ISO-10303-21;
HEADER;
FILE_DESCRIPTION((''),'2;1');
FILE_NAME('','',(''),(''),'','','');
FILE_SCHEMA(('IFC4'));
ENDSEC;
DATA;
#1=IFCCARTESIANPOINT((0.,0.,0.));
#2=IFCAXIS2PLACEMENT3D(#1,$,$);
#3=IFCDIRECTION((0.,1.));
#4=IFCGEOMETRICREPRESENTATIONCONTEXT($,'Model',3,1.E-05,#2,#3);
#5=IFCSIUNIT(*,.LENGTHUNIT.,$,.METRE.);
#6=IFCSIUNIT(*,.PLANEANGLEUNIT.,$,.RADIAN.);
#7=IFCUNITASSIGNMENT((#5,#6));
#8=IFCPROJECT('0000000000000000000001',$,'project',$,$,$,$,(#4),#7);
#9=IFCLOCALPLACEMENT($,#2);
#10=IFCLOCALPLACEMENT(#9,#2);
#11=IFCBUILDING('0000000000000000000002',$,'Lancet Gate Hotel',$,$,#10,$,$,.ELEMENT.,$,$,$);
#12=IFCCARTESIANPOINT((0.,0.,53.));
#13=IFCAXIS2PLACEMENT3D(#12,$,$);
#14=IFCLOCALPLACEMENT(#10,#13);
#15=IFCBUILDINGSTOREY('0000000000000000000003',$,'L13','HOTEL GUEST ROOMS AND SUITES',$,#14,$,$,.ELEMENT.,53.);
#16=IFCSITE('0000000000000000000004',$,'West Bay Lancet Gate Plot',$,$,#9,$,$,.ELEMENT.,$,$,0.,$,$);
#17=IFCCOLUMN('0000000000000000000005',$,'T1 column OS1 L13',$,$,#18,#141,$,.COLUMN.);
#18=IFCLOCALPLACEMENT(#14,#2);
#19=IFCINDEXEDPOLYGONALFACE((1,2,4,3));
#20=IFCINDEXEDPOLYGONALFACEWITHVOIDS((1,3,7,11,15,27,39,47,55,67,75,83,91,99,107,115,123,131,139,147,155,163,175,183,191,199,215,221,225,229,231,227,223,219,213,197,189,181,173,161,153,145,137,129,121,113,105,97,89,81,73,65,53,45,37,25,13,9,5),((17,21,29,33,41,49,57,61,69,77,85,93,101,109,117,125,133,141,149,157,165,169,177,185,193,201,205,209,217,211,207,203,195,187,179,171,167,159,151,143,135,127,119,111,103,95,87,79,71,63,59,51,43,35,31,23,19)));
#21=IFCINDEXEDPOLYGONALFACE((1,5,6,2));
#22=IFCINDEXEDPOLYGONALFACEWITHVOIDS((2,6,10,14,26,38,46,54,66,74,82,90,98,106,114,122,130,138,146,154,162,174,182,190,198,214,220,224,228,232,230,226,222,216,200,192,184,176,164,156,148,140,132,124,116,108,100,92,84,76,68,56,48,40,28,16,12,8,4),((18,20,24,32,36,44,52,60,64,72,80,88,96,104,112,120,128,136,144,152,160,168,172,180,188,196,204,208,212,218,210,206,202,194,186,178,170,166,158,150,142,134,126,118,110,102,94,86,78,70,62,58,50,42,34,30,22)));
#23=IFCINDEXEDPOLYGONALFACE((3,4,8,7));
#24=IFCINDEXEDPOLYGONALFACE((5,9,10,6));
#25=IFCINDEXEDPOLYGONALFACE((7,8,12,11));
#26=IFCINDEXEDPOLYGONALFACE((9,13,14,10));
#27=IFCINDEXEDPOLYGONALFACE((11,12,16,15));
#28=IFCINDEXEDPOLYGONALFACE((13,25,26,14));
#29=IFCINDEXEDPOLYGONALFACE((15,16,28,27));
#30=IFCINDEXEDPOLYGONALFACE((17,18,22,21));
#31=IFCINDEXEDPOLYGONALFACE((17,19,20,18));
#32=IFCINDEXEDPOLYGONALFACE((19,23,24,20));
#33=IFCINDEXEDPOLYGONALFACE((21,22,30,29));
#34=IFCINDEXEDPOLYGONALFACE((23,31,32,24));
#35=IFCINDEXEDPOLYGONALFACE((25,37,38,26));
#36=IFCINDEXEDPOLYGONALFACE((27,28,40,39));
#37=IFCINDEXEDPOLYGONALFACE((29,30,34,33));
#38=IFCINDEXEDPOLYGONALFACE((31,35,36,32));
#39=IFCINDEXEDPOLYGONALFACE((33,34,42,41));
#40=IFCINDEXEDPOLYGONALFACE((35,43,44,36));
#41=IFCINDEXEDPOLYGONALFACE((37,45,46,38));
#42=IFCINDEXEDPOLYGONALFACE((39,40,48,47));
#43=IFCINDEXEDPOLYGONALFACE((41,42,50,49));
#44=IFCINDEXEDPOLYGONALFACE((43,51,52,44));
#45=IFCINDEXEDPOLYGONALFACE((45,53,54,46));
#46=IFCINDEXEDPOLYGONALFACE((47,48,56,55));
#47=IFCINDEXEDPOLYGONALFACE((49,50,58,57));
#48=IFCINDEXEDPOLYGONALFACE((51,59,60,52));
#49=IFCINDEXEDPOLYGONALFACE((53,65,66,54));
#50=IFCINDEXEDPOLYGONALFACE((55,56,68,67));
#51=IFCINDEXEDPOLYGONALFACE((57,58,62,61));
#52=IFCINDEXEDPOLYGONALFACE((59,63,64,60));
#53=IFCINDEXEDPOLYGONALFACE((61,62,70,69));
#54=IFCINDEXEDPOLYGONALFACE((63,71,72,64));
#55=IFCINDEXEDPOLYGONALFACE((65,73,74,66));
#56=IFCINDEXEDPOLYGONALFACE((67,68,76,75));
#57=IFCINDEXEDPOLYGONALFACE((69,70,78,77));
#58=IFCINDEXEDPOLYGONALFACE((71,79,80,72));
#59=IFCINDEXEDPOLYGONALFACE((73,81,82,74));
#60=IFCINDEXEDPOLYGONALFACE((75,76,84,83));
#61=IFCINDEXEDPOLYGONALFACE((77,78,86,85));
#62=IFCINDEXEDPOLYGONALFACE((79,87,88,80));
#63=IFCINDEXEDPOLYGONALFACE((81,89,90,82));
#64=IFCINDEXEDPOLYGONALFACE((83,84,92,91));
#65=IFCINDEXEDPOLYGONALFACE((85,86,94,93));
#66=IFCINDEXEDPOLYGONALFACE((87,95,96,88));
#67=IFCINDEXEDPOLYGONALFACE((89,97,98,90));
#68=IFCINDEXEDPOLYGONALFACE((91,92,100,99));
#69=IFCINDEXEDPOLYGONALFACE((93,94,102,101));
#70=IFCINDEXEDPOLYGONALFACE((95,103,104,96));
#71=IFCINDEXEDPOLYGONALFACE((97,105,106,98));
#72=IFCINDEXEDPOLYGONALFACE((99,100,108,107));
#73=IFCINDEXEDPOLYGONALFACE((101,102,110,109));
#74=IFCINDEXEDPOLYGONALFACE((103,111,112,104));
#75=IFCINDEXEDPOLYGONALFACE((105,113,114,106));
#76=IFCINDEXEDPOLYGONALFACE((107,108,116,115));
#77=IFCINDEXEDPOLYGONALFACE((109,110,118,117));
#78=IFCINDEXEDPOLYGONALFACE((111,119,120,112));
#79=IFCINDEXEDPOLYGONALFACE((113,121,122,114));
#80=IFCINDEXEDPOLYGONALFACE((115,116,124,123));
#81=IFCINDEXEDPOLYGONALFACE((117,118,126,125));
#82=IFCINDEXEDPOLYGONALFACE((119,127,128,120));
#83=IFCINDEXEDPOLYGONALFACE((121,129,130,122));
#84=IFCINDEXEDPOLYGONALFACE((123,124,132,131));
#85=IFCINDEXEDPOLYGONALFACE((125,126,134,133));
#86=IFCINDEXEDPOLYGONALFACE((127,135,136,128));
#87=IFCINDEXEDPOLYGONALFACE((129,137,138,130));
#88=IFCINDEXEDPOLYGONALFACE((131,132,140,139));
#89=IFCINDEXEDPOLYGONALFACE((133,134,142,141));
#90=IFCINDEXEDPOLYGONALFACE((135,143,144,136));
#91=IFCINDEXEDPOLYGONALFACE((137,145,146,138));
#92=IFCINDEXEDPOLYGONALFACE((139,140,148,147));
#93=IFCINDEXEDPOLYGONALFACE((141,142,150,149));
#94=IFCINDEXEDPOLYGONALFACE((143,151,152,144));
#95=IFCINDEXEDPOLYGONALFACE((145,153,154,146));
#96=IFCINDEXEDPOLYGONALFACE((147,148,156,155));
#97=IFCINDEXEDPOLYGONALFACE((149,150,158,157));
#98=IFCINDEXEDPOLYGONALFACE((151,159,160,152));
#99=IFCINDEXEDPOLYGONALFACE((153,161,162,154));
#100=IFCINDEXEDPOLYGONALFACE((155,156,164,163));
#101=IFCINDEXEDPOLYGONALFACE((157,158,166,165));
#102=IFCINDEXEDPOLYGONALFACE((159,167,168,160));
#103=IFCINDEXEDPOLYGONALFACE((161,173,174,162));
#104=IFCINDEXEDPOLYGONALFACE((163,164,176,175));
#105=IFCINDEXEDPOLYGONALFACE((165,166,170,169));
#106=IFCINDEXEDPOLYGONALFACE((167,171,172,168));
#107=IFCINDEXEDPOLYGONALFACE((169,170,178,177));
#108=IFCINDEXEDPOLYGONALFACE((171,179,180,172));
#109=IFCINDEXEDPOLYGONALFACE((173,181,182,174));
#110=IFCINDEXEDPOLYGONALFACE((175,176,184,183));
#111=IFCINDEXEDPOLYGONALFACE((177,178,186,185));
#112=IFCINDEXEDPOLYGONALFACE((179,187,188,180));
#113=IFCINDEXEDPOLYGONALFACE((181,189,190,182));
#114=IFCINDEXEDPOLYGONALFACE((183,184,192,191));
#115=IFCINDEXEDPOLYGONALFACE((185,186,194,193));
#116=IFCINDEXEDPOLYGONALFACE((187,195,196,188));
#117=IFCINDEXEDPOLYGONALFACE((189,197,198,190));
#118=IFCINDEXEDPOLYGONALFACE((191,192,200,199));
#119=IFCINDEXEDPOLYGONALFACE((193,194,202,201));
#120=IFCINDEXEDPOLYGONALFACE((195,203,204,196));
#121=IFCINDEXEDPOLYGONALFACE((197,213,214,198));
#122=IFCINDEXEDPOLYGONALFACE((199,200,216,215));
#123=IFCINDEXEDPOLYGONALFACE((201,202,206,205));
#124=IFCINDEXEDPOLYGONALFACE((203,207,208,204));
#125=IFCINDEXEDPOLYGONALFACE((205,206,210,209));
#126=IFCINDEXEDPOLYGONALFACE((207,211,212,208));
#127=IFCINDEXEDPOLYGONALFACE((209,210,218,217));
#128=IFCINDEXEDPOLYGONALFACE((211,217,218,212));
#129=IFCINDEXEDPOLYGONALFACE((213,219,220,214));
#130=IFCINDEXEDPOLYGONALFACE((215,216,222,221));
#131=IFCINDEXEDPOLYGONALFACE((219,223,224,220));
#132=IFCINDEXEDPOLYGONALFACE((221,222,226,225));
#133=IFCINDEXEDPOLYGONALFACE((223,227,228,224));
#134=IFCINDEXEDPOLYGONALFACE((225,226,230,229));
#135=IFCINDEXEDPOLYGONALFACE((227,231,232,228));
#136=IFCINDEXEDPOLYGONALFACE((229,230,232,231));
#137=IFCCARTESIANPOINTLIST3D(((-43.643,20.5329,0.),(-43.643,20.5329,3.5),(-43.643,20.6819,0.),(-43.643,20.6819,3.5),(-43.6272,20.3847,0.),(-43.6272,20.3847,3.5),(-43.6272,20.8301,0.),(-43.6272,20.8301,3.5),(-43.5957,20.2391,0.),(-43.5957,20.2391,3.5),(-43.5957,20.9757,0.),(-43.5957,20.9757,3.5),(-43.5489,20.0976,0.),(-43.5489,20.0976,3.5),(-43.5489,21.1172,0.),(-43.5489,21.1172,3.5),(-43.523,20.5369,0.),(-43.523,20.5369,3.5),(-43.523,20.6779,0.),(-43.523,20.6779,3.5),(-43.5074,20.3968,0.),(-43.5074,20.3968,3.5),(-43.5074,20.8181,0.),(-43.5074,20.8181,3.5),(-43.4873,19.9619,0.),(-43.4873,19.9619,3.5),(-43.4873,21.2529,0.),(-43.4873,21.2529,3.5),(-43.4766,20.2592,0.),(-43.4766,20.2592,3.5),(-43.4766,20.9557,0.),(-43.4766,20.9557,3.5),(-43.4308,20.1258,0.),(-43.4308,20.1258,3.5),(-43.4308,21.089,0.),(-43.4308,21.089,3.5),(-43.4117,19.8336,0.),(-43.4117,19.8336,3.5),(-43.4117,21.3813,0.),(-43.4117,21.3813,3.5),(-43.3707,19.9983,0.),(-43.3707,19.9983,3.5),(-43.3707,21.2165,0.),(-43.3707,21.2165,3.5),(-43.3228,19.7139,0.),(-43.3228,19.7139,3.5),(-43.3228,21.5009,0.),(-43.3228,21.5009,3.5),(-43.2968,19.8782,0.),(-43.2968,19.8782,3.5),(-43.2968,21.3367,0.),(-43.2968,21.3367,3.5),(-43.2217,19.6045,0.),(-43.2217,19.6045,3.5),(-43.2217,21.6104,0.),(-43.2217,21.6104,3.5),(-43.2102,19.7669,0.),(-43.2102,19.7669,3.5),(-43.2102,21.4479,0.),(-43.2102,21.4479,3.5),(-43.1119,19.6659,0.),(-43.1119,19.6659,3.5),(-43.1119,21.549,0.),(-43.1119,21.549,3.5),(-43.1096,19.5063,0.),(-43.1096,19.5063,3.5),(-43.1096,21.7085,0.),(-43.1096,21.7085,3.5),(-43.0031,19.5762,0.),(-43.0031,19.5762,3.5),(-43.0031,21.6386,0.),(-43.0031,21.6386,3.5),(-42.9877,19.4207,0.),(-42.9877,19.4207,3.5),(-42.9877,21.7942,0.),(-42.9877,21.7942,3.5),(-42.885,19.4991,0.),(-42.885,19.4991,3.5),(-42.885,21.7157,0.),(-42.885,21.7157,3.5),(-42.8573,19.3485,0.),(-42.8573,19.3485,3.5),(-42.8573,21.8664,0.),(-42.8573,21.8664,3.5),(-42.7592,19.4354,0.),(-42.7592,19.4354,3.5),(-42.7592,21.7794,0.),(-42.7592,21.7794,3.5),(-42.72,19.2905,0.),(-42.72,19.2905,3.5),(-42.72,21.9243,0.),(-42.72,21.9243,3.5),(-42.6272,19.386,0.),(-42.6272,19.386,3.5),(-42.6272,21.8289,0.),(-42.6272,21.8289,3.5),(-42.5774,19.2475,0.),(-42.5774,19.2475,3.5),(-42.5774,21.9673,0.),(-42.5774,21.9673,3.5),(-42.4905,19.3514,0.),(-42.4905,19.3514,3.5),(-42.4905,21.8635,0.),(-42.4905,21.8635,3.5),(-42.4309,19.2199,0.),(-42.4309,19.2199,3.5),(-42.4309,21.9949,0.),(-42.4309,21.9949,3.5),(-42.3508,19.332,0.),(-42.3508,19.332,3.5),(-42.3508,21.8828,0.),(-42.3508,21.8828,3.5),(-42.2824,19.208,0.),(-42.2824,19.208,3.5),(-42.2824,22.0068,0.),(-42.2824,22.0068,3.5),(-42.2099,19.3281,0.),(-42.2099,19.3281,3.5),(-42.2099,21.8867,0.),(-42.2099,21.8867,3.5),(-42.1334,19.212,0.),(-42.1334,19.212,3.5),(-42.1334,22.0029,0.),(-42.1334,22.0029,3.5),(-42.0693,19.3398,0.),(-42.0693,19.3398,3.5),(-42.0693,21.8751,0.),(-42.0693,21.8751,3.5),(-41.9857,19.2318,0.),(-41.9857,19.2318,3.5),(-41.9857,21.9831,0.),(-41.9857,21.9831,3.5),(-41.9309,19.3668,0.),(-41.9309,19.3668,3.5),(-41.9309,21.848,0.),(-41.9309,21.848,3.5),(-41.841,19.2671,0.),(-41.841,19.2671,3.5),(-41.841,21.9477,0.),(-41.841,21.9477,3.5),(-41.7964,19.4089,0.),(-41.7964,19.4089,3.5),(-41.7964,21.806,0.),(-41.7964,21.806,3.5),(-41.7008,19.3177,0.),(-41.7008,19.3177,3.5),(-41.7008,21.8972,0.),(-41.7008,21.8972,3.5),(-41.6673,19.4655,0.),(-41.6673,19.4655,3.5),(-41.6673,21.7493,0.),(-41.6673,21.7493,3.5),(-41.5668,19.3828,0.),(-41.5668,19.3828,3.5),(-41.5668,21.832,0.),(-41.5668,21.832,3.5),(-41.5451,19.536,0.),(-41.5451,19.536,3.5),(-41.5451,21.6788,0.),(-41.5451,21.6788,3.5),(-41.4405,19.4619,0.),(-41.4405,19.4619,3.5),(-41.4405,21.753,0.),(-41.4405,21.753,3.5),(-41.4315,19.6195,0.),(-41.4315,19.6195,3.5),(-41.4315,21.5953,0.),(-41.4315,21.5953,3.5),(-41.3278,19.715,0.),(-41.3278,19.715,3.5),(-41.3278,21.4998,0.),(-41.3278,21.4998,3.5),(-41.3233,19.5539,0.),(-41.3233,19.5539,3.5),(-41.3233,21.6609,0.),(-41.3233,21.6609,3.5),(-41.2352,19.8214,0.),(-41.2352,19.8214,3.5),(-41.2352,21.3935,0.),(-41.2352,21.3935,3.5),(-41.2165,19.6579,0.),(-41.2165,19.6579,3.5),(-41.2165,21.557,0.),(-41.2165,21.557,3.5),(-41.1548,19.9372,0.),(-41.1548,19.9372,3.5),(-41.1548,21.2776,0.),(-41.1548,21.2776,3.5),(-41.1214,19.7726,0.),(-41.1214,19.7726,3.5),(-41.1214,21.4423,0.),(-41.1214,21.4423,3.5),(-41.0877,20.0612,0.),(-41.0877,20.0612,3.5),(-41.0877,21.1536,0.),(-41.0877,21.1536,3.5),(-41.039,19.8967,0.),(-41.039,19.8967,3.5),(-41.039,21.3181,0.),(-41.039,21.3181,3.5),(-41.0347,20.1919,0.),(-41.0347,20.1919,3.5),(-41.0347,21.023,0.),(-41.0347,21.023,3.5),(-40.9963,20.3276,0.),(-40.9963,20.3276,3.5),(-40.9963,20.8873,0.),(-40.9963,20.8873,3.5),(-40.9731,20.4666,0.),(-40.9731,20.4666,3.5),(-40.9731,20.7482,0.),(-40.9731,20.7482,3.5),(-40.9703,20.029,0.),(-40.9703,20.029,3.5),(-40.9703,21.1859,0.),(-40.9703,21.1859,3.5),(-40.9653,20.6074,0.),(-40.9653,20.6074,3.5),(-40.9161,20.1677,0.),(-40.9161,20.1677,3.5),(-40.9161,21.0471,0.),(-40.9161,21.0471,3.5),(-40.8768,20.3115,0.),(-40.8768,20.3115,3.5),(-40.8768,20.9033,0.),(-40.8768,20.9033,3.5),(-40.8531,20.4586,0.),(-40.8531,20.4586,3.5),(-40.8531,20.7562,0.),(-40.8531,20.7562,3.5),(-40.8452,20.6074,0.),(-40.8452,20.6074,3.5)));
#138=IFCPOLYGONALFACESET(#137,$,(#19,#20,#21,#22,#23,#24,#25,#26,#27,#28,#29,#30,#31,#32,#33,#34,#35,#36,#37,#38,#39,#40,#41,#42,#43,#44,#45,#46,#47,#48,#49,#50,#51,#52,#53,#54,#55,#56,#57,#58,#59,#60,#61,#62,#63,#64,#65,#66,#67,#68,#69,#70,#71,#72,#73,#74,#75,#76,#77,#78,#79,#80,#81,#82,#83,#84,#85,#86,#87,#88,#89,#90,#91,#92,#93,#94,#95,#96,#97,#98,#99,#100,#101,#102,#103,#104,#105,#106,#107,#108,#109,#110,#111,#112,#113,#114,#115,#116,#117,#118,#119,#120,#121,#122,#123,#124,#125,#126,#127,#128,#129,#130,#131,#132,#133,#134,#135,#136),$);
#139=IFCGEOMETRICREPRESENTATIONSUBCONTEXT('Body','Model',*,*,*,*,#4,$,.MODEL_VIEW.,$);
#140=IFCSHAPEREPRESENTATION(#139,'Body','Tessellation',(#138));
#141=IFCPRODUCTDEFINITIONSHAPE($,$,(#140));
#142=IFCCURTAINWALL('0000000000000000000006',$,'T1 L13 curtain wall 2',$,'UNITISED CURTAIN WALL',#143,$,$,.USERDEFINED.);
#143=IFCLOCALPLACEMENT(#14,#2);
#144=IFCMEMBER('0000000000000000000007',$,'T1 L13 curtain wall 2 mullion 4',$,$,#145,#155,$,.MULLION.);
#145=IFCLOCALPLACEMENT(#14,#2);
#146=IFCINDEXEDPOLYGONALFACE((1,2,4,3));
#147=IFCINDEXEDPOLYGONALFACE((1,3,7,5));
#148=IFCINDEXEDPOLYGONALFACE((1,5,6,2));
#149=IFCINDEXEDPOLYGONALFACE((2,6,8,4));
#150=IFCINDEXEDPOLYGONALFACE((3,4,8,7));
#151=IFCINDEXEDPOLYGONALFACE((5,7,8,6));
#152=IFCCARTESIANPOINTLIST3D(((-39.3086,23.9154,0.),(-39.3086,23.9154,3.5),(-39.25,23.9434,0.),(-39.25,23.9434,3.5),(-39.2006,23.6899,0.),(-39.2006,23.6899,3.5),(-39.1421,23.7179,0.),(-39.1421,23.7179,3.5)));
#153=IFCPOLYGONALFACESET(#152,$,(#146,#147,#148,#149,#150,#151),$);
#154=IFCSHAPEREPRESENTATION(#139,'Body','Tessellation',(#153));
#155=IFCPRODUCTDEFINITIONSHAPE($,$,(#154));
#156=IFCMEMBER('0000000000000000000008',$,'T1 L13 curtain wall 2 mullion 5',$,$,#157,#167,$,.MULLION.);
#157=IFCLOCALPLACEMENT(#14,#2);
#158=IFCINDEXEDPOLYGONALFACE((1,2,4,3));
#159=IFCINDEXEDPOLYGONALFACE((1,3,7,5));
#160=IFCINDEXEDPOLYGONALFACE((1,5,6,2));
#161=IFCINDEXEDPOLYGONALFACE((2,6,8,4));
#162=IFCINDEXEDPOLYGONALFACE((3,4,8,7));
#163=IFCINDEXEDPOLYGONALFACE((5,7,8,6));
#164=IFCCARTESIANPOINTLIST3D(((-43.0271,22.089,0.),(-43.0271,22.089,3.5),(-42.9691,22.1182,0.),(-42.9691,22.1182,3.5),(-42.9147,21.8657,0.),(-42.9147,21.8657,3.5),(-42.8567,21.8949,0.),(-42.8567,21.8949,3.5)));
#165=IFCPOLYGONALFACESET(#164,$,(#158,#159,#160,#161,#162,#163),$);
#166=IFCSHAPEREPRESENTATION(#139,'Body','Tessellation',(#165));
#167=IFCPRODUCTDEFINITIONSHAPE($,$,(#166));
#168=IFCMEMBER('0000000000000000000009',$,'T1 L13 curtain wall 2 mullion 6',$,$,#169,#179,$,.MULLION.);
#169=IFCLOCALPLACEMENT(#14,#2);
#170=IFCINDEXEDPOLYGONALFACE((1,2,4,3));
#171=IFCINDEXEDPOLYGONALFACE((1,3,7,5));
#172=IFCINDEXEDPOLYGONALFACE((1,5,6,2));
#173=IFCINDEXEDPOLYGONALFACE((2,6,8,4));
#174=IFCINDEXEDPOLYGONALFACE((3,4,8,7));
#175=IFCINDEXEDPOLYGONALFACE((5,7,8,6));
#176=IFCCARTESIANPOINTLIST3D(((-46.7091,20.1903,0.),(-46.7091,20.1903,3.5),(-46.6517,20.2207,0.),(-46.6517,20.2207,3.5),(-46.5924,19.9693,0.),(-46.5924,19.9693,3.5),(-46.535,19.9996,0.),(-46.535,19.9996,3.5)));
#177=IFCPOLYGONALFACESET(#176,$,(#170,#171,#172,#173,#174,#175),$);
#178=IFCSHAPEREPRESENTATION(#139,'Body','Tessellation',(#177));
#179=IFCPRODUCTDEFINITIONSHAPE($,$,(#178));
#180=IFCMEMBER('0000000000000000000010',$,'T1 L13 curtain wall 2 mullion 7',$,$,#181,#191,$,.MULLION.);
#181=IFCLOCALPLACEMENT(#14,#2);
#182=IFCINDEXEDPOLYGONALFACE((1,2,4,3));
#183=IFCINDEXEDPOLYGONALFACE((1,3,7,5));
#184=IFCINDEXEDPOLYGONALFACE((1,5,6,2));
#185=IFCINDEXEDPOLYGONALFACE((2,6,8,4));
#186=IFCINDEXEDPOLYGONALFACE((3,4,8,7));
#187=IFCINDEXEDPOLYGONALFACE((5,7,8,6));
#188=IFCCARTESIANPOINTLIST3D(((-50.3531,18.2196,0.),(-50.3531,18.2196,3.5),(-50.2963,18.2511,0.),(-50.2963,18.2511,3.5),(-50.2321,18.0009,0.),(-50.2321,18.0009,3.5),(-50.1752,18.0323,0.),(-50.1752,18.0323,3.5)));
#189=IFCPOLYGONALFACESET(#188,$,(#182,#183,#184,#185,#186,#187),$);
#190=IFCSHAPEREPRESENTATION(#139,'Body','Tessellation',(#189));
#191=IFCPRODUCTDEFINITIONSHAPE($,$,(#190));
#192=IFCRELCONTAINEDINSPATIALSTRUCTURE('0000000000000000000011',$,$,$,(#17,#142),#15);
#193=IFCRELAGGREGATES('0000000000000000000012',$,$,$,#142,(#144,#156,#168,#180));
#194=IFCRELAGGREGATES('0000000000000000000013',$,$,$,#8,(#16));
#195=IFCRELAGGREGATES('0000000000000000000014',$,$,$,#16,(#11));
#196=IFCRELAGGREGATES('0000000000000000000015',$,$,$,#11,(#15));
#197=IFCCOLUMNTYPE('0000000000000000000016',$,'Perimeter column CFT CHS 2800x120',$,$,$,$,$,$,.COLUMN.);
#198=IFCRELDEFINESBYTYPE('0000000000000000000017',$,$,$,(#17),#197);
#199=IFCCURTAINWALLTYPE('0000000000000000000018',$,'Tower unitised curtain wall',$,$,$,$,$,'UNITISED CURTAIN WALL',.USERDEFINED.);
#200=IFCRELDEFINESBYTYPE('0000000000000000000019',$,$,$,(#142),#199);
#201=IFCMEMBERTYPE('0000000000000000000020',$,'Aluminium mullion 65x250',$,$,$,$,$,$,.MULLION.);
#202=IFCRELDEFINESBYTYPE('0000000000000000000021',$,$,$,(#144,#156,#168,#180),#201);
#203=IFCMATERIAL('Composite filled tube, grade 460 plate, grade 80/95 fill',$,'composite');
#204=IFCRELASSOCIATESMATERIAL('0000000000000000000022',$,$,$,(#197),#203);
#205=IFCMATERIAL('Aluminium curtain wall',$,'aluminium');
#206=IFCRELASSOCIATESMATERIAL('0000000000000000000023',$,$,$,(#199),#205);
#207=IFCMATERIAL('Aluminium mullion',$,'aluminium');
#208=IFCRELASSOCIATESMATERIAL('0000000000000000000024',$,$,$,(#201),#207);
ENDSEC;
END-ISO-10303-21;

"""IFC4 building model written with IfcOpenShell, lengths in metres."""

from ifc_helpers import new_model, si_unit, direction, frame, origin, origin_2d, place, context, subcontext, project, spatial, rectangle, hollow_circle, extrude, material, material_profile, profile_set, type_object, element, aggregate, save


model = new_model("IFC4")

# Units and contexts
model_context = context("Model", 3, precision=1e-05, world=origin(), true_north=direction((0.0, 1.0)))
body_context = subcontext(model_context, "Body", "Model", "MODEL_VIEW")
ifc_project = project(units=[si_unit("LENGTHUNIT", "METRE"), si_unit("PLANEANGLEUNIT", "RADIAN")], contexts=[model_context])

# Site, building, storey
site_placement = place(None, origin())
site = spatial("IfcSite", under=ifc_project, at=site_placement, Name="West Bay Lancet Gate Plot", CompositionType="ELEMENT", RefElevation=0.0)
building_placement = place(site_placement, origin())
building = spatial("IfcBuilding", under=site, at=building_placement, Name="Lancet Gate Hotel", CompositionType="ELEMENT")
storey_placement = place(building_placement, frame((0.0, 0.0, 53.0)))
storey = spatial("IfcBuildingStorey", under=building, at=storey_placement, Name="L13", Description="HOTEL GUEST ROOMS AND SUITES", CompositionType="ELEMENT", Elevation=53.0)

# Column
ifc_material_1 = material(Name="Composite filled tube, grade 460 plate, grade 80/95 fill", Category="composite")
ifc_material_profile_1 = material_profile(ifc_material_1, hollow_circle(Radius=1.3999, WallThickness=0.1201, at=origin_2d()), Name="CHS 2800x120")
ifc_profile_set_1 = profile_set([ifc_material_profile_1], Name="Composite filled tube, grade 460 plate, grade 80/95 fill")
column_type = type_object("IfcColumnType", Name="Perimeter column CFT CHS 2800x120", PredefinedType="COLUMN", material=ifc_profile_set_1)
column_placement = place(storey_placement, frame((-42.2451, 20.6074, 0.0), z_axis=(0.0, 0.0, 1.0), x_axis=(1.0, 0.0, 0.0)))
element("IfcColumn", 1, at=column_placement, inside=storey, type_object=column_type, Name="T1 column OS1 L13", PredefinedType="COLUMN", context=body_context, shape_type="SweptSolid", body=[
    extrude(hollow_circle(Radius=1.3999, WallThickness=0.1201, at=origin_2d()), origin(), (0.0, 0.0, 1.0), 3.5),
])

# Curtain wall, members
ifc_material_2 = material(Name="Aluminium curtain wall", Category="aluminium")
curtain_wall_type = type_object("IfcCurtainWallType", Name="Tower unitised curtain wall", ElementType="UNITISED CURTAIN WALL", PredefinedType="USERDEFINED", material=ifc_material_2)
curtain_wall_placement = place(storey_placement, origin())
curtain_wall = element("IfcCurtainWall", 2, at=curtain_wall_placement, inside=storey, type_object=curtain_wall_type, Name="T1 L13 curtain wall 2", ObjectType="UNITISED CURTAIN WALL", PredefinedType="USERDEFINED")
ifc_material_3 = material(Name="Aluminium mullion", Category="aluminium")
ifc_material_profile_2 = material_profile(ifc_material_3, rectangle(XDim=0.0649, YDim=0.25, at=origin_2d()), Name="MULLION 65x250")
ifc_profile_set_2 = profile_set([ifc_material_profile_2], Name="Aluminium mullion")
member_type_1 = type_object("IfcMemberType", Name="Aluminium mullion 65x250", PredefinedType="MULLION", material=ifc_profile_set_2)
member_1_placement = place(storey_placement, frame((-39.2253, 23.8167, 0.0), z_axis=(0.0, 0.0, 1.0), x_axis=(-0.901929, -0.431885, 0.0)))
member_1 = element("IfcMember", 3, at=member_1_placement, type_object=member_type_1, Name="T1 L13 curtain wall 2 mullion 4", PredefinedType="MULLION", context=body_context, shape_type="SweptSolid", body=[
    extrude(rectangle(XDim=0.0649, YDim=0.25, at=origin_2d()), origin(), (0.0, 0.0, 1.0), 3.5),
])
member_2_placement = place(storey_placement, frame((-42.9419, 21.9919, 0.0), z_axis=(0.0, 0.0, 1.0), x_axis=(-0.893292, -0.449478, 0.0)))
member_2 = element("IfcMember", 4, at=member_2_placement, type_object=member_type_1, Name="T1 L13 curtain wall 2 mullion 5", PredefinedType="MULLION", context=body_context, shape_type="SweptSolid", body=[
    extrude(rectangle(XDim=0.0649, YDim=0.25, at=origin_2d()), origin(), (0.0, 0.0, 1.0), 3.5),
])
member_3_placement = place(storey_placement, frame((-46.6221, 20.095, 0.0), z_axis=(0.0, 0.0, 1.0), x_axis=(-0.884311, -0.466898, 0.0)))
member_3 = element("IfcMember", 5, at=member_3_placement, type_object=member_type_1, Name="T1 L13 curtain wall 2 mullion 6", PredefinedType="MULLION", context=body_context, shape_type="SweptSolid", body=[
    extrude(rectangle(XDim=0.0649, YDim=0.25, at=origin_2d()), origin(), (0.0, 0.0, 1.0), 3.5),
])
member_4_placement = place(storey_placement, frame((-50.2642, 18.126, 0.0), z_axis=(0.0, 0.0, 1.0), x_axis=(-0.874991, -0.484139, 0.0)))
member_4 = element("IfcMember", 6, at=member_4_placement, type_object=member_type_1, Name="T1 L13 curtain wall 2 mullion 7", PredefinedType="MULLION", context=body_context, shape_type="SweptSolid", body=[
    extrude(rectangle(XDim=0.0649, YDim=0.25, at=origin_2d()), origin(), (0.0, 0.0, 1.0), 3.5),
])

aggregate(curtain_wall, [member_1, member_2, member_3, member_4])

save(model, "model.ifc")
